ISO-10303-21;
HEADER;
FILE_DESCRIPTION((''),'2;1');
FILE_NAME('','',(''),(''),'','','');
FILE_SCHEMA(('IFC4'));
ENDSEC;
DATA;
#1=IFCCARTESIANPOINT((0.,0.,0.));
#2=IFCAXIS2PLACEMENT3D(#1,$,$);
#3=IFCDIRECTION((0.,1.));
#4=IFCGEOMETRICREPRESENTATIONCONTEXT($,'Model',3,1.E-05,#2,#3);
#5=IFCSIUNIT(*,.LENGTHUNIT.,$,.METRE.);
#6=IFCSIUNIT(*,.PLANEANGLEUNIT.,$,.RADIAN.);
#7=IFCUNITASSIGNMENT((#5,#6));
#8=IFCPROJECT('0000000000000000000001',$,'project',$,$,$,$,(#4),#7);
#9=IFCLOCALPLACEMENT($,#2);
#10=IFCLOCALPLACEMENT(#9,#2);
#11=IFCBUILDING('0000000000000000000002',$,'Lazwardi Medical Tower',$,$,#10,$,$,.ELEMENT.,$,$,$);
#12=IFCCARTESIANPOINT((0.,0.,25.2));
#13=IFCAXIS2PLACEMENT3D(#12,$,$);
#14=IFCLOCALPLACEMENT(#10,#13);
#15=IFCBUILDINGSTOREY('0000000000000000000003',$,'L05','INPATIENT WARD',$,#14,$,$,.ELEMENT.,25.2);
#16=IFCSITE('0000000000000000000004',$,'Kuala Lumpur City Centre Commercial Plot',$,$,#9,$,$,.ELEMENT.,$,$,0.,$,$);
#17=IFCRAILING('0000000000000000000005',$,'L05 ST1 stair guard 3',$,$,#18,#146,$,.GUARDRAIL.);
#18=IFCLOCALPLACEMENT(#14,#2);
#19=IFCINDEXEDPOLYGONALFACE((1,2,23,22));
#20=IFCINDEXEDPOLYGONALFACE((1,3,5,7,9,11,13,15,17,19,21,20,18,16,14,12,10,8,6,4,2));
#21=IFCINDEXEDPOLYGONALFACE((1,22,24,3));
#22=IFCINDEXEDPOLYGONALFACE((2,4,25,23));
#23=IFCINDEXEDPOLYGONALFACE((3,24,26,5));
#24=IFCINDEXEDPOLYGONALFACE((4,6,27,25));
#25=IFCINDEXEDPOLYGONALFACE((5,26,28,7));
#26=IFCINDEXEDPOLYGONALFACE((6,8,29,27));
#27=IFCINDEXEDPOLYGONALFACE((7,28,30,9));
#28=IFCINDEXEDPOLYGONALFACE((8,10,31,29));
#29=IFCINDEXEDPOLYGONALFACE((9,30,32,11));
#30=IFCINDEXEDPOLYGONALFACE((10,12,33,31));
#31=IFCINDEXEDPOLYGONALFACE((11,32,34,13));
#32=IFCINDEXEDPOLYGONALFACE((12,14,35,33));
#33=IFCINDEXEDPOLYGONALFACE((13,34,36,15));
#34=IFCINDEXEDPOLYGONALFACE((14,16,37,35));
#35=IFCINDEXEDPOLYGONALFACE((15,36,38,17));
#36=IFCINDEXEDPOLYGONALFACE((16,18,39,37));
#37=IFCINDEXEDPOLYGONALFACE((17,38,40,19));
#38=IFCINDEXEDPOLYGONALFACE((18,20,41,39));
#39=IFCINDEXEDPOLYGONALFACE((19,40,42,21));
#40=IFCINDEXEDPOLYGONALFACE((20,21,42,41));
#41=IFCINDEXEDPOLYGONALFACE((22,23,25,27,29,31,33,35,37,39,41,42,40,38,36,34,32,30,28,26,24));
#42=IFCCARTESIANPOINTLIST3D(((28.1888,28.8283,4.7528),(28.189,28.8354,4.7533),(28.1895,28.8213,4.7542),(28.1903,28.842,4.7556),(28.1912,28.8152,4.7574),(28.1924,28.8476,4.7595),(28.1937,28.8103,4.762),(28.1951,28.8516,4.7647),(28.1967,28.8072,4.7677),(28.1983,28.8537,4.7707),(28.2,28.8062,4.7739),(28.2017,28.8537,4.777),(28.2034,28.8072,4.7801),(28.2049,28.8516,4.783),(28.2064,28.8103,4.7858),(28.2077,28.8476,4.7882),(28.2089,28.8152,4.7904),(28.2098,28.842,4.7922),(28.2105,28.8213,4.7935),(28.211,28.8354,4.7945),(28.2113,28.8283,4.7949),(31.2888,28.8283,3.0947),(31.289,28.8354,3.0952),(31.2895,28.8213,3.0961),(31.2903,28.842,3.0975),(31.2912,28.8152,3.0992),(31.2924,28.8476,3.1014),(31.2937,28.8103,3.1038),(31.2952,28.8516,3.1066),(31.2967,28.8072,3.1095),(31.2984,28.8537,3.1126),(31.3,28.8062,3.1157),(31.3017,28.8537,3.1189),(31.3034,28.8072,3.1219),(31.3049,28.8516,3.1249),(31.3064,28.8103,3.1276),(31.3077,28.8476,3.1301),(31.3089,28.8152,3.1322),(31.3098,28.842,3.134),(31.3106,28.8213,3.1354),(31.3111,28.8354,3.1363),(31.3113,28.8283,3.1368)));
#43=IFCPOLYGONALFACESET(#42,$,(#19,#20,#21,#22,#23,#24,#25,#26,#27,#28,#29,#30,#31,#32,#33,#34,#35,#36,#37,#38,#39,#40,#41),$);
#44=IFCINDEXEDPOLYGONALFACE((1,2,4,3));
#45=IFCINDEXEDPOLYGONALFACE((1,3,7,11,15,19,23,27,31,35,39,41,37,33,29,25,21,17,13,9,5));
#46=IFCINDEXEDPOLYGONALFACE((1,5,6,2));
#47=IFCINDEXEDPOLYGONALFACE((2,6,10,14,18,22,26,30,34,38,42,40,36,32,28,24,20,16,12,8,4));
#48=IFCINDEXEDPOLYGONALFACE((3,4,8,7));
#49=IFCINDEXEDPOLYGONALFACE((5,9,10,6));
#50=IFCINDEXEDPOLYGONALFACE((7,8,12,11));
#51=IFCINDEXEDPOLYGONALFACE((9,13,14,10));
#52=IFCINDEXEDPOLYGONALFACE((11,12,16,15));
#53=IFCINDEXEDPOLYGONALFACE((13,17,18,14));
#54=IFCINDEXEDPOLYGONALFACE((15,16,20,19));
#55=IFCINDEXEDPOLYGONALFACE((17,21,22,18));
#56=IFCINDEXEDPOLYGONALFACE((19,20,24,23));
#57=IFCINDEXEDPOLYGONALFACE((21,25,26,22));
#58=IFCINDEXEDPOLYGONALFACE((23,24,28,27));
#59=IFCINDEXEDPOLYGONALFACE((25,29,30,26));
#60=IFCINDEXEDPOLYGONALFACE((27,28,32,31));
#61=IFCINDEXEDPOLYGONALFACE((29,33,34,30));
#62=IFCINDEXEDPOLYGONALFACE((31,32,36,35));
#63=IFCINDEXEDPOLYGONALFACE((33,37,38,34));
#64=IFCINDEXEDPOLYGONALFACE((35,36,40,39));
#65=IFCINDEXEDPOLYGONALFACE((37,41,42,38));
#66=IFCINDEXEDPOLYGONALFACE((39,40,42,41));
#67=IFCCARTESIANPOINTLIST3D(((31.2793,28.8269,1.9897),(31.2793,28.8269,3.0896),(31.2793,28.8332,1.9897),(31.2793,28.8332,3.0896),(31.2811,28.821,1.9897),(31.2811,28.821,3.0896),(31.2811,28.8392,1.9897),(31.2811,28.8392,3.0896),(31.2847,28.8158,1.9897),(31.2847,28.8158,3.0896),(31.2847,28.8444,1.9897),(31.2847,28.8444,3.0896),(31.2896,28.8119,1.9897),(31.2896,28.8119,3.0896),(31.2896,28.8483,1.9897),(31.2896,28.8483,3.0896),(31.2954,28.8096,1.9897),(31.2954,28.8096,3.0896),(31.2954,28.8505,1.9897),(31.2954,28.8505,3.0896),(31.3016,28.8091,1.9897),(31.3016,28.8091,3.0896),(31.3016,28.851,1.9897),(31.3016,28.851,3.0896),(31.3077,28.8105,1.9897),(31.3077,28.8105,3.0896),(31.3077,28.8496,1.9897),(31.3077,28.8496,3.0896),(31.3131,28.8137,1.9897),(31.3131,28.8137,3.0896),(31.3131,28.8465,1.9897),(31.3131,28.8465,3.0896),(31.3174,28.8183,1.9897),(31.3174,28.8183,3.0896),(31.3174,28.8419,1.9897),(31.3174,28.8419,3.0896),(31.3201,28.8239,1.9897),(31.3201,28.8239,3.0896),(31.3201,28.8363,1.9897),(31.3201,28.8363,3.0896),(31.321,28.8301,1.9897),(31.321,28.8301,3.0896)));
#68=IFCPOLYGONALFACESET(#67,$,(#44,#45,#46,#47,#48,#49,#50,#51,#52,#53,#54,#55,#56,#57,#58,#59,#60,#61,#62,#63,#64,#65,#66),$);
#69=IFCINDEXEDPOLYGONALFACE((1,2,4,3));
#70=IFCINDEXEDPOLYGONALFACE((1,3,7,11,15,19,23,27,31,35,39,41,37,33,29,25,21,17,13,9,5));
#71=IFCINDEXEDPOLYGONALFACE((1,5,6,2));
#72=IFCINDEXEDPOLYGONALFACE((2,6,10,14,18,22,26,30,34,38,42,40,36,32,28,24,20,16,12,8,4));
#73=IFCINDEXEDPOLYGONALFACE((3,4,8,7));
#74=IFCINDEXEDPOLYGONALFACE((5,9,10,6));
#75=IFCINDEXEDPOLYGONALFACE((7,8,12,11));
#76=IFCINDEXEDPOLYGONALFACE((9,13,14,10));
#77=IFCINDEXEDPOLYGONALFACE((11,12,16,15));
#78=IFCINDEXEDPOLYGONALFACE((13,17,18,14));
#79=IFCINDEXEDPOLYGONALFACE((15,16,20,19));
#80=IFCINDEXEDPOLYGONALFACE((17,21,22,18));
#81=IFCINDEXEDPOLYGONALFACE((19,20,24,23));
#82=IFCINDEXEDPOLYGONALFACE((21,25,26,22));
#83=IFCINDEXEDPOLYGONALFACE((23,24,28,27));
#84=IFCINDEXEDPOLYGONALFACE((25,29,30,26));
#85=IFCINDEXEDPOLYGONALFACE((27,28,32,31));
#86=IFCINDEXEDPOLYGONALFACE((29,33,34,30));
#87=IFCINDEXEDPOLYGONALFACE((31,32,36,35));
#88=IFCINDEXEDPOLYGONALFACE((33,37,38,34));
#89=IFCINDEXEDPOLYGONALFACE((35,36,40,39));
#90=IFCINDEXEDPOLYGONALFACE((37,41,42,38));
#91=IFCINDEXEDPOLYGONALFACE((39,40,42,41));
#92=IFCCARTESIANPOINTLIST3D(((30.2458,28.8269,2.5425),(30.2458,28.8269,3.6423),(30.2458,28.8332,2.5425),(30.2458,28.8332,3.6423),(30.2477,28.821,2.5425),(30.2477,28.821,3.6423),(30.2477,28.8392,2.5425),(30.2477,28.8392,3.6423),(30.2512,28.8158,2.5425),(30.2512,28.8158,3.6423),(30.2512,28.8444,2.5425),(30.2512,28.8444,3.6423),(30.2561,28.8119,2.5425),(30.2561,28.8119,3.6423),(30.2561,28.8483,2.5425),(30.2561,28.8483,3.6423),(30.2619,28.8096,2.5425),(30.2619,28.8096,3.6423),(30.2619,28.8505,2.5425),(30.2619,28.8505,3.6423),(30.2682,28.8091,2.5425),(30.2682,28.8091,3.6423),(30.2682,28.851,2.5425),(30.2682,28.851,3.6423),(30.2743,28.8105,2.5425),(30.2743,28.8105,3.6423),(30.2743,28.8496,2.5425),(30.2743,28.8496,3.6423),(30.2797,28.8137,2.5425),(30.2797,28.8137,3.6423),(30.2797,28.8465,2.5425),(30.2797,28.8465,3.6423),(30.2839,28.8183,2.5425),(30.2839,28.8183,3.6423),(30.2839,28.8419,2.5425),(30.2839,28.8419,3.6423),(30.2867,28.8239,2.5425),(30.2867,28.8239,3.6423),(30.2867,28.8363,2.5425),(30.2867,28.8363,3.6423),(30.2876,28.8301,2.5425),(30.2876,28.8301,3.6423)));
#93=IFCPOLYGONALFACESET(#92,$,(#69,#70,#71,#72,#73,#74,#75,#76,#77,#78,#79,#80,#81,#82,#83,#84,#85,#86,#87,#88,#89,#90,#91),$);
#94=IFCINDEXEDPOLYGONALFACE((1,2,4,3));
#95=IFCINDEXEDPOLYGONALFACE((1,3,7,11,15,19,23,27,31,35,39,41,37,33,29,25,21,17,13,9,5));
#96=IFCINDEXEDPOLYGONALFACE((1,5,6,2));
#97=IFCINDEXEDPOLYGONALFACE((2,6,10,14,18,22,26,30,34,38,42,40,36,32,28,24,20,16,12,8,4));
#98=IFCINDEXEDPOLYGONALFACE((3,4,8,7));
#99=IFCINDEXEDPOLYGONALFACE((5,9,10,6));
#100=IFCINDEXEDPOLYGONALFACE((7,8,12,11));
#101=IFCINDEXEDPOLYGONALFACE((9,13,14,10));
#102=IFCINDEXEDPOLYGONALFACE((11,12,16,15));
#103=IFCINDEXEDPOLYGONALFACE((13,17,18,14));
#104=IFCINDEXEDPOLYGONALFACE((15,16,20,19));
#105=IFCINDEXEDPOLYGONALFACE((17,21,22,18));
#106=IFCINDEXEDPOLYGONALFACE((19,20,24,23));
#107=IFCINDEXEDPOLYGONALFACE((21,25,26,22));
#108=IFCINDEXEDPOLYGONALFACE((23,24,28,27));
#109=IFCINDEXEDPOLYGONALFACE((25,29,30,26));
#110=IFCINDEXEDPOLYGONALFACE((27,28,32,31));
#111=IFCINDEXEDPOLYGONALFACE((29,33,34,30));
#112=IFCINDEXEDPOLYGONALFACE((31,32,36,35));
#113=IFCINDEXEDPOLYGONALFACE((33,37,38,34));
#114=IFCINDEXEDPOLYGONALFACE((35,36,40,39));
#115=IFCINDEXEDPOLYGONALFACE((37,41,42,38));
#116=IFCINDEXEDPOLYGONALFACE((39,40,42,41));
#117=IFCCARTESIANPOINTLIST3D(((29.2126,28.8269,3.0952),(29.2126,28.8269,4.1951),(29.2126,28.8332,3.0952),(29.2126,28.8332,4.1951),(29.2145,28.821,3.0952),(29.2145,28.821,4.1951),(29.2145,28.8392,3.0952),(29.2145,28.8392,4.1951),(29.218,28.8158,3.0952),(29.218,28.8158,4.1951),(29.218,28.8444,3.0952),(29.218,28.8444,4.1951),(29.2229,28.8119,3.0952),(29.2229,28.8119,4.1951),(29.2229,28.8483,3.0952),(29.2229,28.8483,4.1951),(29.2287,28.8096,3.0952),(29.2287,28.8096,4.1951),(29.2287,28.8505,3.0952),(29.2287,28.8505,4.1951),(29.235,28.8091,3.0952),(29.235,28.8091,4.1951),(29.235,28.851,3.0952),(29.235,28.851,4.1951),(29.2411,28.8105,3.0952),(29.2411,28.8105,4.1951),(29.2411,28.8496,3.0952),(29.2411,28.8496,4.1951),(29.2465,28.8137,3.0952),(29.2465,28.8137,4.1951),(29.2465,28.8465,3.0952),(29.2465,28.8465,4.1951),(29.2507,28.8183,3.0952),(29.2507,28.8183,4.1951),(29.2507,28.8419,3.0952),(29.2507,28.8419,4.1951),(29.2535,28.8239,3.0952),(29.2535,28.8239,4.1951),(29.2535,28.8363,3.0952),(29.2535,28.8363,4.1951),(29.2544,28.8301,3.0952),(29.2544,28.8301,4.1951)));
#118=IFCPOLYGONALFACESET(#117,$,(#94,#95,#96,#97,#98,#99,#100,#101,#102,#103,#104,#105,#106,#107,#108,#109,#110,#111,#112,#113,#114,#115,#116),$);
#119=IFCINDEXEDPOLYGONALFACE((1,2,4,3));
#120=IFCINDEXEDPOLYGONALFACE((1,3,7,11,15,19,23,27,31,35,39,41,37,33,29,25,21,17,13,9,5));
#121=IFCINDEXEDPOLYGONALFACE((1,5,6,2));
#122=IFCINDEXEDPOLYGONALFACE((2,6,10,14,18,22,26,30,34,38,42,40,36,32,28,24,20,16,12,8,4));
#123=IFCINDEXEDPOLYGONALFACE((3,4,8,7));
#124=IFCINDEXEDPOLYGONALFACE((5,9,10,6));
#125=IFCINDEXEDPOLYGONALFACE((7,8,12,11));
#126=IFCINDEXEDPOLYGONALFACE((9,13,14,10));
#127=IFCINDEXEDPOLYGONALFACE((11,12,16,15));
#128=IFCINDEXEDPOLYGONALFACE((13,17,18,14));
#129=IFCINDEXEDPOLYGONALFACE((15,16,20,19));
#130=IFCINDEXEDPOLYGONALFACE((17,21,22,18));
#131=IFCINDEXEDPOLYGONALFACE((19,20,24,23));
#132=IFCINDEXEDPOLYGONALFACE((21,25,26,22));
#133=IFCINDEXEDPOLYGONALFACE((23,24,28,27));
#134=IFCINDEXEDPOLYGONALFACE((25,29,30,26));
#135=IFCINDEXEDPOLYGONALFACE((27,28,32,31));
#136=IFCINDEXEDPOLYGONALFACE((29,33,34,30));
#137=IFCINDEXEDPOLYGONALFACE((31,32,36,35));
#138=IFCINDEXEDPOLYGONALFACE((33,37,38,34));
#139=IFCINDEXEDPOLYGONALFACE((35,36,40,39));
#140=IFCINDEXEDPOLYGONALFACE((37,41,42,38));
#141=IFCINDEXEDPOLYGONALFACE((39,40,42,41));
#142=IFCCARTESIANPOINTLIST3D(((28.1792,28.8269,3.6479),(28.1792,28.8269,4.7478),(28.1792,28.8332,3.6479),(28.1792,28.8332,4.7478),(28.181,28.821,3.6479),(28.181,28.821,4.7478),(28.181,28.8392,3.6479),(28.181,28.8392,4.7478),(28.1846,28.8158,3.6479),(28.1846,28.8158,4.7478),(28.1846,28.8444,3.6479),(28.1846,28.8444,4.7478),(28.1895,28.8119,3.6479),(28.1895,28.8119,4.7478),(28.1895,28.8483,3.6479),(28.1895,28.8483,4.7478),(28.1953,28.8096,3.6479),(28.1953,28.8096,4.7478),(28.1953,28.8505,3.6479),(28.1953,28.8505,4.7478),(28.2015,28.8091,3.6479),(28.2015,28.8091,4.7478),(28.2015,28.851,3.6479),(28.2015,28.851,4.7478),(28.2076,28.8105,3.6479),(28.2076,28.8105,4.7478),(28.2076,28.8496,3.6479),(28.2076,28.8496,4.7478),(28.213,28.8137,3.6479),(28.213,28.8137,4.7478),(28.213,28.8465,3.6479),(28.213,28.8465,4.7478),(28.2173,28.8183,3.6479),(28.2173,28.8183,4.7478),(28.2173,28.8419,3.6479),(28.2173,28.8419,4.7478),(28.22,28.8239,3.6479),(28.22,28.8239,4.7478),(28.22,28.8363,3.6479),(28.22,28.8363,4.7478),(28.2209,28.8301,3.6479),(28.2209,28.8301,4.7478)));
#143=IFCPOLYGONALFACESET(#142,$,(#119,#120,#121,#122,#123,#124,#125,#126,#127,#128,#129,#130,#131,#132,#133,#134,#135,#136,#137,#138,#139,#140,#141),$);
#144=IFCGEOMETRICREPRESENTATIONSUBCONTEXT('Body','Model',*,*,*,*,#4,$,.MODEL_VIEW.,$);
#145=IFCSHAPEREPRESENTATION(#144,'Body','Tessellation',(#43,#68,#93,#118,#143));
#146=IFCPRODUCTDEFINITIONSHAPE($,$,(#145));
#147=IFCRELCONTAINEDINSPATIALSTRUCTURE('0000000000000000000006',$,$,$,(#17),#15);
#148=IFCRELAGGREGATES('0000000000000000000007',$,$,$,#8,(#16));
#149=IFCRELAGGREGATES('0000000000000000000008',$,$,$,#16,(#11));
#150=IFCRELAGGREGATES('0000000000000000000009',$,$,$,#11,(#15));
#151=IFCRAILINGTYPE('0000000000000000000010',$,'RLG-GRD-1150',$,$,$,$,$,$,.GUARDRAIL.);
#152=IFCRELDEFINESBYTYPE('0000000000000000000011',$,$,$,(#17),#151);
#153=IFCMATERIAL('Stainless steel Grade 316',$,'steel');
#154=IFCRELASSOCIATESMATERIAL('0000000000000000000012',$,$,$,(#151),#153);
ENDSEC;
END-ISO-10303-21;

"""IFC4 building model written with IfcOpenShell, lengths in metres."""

from ifc_helpers import new_model, si_unit, direction, frame, origin, origin_2d, place, context, subcontext, project, spatial, circle, extrude, material, type_object, element, save


model = new_model("IFC4")

# Units and contexts
model_context = context("Model", 3, precision=1e-05, world=origin(), true_north=direction((0.0, 1.0)))
body_context = subcontext(model_context, "Body", "Model", "MODEL_VIEW")
ifc_project = project(units=[si_unit("LENGTHUNIT", "METRE"), si_unit("PLANEANGLEUNIT", "RADIAN")], contexts=[model_context])

# Site, building, storey
site_placement = place(None, origin())
site = spatial("IfcSite", under=ifc_project, at=site_placement, Name="Kuala Lumpur City Centre Commercial Plot", CompositionType="ELEMENT", RefElevation=0.0)
building_placement = place(site_placement, origin())
building = spatial("IfcBuilding", under=site, at=building_placement, Name="Lazwardi Medical Tower", CompositionType="ELEMENT")
storey_placement = place(building_placement, frame((0.0, 0.0, 25.2)))
storey = spatial("IfcBuildingStorey", under=building, at=storey_placement, Name="L05", Description="INPATIENT WARD", CompositionType="ELEMENT", Elevation=25.2)

# Railing
ifc_material_1 = material(Name="Stainless steel Grade 316", Category="steel")
railing_type_1 = type_object("IfcRailingType", Name="RLG-GRD-1150", PredefinedType="GUARDRAIL", material=ifc_material_1)
railing_1_placement = place(storey_placement, frame((31.3, 28.8301, 1.9897)))
element("IfcRailing", 1, at=railing_1_placement, inside=storey, type_object=railing_type_1, Name="L05 ST1 stair guard 3", PredefinedType="GUARDRAIL", context=body_context, shape_type="SweptSolid", body=[
    extrude(circle(Radius=0.0239, at=origin_2d()), frame((0.0, 0.0, 1.126), z_axis=(-0.881783, 0.0, 0.471655), x_axis=(0.0, -1.0, 0.0)), (0.0, 0.0, 1.0), 3.5156),
    extrude(circle(Radius=0.021, at=origin_2d()), origin(), (0.0, 0.0, 1.0), 1.0999),
    extrude(circle(Radius=0.021, at=origin_2d()), frame((-1.0334, 0.0, 0.5527)), (0.0, 0.0, 1.0), 1.0999),
    extrude(circle(Radius=0.021, at=origin_2d()), frame((-2.0667, 0.0, 1.1055)), (0.0, 0.0, 1.0), 1.0999),
    extrude(circle(Radius=0.021, at=origin_2d()), frame((-3.1001, 0.0, 1.6582)), (0.0, 0.0, 1.0), 1.0999),
])

save(model, "model.ifc")
